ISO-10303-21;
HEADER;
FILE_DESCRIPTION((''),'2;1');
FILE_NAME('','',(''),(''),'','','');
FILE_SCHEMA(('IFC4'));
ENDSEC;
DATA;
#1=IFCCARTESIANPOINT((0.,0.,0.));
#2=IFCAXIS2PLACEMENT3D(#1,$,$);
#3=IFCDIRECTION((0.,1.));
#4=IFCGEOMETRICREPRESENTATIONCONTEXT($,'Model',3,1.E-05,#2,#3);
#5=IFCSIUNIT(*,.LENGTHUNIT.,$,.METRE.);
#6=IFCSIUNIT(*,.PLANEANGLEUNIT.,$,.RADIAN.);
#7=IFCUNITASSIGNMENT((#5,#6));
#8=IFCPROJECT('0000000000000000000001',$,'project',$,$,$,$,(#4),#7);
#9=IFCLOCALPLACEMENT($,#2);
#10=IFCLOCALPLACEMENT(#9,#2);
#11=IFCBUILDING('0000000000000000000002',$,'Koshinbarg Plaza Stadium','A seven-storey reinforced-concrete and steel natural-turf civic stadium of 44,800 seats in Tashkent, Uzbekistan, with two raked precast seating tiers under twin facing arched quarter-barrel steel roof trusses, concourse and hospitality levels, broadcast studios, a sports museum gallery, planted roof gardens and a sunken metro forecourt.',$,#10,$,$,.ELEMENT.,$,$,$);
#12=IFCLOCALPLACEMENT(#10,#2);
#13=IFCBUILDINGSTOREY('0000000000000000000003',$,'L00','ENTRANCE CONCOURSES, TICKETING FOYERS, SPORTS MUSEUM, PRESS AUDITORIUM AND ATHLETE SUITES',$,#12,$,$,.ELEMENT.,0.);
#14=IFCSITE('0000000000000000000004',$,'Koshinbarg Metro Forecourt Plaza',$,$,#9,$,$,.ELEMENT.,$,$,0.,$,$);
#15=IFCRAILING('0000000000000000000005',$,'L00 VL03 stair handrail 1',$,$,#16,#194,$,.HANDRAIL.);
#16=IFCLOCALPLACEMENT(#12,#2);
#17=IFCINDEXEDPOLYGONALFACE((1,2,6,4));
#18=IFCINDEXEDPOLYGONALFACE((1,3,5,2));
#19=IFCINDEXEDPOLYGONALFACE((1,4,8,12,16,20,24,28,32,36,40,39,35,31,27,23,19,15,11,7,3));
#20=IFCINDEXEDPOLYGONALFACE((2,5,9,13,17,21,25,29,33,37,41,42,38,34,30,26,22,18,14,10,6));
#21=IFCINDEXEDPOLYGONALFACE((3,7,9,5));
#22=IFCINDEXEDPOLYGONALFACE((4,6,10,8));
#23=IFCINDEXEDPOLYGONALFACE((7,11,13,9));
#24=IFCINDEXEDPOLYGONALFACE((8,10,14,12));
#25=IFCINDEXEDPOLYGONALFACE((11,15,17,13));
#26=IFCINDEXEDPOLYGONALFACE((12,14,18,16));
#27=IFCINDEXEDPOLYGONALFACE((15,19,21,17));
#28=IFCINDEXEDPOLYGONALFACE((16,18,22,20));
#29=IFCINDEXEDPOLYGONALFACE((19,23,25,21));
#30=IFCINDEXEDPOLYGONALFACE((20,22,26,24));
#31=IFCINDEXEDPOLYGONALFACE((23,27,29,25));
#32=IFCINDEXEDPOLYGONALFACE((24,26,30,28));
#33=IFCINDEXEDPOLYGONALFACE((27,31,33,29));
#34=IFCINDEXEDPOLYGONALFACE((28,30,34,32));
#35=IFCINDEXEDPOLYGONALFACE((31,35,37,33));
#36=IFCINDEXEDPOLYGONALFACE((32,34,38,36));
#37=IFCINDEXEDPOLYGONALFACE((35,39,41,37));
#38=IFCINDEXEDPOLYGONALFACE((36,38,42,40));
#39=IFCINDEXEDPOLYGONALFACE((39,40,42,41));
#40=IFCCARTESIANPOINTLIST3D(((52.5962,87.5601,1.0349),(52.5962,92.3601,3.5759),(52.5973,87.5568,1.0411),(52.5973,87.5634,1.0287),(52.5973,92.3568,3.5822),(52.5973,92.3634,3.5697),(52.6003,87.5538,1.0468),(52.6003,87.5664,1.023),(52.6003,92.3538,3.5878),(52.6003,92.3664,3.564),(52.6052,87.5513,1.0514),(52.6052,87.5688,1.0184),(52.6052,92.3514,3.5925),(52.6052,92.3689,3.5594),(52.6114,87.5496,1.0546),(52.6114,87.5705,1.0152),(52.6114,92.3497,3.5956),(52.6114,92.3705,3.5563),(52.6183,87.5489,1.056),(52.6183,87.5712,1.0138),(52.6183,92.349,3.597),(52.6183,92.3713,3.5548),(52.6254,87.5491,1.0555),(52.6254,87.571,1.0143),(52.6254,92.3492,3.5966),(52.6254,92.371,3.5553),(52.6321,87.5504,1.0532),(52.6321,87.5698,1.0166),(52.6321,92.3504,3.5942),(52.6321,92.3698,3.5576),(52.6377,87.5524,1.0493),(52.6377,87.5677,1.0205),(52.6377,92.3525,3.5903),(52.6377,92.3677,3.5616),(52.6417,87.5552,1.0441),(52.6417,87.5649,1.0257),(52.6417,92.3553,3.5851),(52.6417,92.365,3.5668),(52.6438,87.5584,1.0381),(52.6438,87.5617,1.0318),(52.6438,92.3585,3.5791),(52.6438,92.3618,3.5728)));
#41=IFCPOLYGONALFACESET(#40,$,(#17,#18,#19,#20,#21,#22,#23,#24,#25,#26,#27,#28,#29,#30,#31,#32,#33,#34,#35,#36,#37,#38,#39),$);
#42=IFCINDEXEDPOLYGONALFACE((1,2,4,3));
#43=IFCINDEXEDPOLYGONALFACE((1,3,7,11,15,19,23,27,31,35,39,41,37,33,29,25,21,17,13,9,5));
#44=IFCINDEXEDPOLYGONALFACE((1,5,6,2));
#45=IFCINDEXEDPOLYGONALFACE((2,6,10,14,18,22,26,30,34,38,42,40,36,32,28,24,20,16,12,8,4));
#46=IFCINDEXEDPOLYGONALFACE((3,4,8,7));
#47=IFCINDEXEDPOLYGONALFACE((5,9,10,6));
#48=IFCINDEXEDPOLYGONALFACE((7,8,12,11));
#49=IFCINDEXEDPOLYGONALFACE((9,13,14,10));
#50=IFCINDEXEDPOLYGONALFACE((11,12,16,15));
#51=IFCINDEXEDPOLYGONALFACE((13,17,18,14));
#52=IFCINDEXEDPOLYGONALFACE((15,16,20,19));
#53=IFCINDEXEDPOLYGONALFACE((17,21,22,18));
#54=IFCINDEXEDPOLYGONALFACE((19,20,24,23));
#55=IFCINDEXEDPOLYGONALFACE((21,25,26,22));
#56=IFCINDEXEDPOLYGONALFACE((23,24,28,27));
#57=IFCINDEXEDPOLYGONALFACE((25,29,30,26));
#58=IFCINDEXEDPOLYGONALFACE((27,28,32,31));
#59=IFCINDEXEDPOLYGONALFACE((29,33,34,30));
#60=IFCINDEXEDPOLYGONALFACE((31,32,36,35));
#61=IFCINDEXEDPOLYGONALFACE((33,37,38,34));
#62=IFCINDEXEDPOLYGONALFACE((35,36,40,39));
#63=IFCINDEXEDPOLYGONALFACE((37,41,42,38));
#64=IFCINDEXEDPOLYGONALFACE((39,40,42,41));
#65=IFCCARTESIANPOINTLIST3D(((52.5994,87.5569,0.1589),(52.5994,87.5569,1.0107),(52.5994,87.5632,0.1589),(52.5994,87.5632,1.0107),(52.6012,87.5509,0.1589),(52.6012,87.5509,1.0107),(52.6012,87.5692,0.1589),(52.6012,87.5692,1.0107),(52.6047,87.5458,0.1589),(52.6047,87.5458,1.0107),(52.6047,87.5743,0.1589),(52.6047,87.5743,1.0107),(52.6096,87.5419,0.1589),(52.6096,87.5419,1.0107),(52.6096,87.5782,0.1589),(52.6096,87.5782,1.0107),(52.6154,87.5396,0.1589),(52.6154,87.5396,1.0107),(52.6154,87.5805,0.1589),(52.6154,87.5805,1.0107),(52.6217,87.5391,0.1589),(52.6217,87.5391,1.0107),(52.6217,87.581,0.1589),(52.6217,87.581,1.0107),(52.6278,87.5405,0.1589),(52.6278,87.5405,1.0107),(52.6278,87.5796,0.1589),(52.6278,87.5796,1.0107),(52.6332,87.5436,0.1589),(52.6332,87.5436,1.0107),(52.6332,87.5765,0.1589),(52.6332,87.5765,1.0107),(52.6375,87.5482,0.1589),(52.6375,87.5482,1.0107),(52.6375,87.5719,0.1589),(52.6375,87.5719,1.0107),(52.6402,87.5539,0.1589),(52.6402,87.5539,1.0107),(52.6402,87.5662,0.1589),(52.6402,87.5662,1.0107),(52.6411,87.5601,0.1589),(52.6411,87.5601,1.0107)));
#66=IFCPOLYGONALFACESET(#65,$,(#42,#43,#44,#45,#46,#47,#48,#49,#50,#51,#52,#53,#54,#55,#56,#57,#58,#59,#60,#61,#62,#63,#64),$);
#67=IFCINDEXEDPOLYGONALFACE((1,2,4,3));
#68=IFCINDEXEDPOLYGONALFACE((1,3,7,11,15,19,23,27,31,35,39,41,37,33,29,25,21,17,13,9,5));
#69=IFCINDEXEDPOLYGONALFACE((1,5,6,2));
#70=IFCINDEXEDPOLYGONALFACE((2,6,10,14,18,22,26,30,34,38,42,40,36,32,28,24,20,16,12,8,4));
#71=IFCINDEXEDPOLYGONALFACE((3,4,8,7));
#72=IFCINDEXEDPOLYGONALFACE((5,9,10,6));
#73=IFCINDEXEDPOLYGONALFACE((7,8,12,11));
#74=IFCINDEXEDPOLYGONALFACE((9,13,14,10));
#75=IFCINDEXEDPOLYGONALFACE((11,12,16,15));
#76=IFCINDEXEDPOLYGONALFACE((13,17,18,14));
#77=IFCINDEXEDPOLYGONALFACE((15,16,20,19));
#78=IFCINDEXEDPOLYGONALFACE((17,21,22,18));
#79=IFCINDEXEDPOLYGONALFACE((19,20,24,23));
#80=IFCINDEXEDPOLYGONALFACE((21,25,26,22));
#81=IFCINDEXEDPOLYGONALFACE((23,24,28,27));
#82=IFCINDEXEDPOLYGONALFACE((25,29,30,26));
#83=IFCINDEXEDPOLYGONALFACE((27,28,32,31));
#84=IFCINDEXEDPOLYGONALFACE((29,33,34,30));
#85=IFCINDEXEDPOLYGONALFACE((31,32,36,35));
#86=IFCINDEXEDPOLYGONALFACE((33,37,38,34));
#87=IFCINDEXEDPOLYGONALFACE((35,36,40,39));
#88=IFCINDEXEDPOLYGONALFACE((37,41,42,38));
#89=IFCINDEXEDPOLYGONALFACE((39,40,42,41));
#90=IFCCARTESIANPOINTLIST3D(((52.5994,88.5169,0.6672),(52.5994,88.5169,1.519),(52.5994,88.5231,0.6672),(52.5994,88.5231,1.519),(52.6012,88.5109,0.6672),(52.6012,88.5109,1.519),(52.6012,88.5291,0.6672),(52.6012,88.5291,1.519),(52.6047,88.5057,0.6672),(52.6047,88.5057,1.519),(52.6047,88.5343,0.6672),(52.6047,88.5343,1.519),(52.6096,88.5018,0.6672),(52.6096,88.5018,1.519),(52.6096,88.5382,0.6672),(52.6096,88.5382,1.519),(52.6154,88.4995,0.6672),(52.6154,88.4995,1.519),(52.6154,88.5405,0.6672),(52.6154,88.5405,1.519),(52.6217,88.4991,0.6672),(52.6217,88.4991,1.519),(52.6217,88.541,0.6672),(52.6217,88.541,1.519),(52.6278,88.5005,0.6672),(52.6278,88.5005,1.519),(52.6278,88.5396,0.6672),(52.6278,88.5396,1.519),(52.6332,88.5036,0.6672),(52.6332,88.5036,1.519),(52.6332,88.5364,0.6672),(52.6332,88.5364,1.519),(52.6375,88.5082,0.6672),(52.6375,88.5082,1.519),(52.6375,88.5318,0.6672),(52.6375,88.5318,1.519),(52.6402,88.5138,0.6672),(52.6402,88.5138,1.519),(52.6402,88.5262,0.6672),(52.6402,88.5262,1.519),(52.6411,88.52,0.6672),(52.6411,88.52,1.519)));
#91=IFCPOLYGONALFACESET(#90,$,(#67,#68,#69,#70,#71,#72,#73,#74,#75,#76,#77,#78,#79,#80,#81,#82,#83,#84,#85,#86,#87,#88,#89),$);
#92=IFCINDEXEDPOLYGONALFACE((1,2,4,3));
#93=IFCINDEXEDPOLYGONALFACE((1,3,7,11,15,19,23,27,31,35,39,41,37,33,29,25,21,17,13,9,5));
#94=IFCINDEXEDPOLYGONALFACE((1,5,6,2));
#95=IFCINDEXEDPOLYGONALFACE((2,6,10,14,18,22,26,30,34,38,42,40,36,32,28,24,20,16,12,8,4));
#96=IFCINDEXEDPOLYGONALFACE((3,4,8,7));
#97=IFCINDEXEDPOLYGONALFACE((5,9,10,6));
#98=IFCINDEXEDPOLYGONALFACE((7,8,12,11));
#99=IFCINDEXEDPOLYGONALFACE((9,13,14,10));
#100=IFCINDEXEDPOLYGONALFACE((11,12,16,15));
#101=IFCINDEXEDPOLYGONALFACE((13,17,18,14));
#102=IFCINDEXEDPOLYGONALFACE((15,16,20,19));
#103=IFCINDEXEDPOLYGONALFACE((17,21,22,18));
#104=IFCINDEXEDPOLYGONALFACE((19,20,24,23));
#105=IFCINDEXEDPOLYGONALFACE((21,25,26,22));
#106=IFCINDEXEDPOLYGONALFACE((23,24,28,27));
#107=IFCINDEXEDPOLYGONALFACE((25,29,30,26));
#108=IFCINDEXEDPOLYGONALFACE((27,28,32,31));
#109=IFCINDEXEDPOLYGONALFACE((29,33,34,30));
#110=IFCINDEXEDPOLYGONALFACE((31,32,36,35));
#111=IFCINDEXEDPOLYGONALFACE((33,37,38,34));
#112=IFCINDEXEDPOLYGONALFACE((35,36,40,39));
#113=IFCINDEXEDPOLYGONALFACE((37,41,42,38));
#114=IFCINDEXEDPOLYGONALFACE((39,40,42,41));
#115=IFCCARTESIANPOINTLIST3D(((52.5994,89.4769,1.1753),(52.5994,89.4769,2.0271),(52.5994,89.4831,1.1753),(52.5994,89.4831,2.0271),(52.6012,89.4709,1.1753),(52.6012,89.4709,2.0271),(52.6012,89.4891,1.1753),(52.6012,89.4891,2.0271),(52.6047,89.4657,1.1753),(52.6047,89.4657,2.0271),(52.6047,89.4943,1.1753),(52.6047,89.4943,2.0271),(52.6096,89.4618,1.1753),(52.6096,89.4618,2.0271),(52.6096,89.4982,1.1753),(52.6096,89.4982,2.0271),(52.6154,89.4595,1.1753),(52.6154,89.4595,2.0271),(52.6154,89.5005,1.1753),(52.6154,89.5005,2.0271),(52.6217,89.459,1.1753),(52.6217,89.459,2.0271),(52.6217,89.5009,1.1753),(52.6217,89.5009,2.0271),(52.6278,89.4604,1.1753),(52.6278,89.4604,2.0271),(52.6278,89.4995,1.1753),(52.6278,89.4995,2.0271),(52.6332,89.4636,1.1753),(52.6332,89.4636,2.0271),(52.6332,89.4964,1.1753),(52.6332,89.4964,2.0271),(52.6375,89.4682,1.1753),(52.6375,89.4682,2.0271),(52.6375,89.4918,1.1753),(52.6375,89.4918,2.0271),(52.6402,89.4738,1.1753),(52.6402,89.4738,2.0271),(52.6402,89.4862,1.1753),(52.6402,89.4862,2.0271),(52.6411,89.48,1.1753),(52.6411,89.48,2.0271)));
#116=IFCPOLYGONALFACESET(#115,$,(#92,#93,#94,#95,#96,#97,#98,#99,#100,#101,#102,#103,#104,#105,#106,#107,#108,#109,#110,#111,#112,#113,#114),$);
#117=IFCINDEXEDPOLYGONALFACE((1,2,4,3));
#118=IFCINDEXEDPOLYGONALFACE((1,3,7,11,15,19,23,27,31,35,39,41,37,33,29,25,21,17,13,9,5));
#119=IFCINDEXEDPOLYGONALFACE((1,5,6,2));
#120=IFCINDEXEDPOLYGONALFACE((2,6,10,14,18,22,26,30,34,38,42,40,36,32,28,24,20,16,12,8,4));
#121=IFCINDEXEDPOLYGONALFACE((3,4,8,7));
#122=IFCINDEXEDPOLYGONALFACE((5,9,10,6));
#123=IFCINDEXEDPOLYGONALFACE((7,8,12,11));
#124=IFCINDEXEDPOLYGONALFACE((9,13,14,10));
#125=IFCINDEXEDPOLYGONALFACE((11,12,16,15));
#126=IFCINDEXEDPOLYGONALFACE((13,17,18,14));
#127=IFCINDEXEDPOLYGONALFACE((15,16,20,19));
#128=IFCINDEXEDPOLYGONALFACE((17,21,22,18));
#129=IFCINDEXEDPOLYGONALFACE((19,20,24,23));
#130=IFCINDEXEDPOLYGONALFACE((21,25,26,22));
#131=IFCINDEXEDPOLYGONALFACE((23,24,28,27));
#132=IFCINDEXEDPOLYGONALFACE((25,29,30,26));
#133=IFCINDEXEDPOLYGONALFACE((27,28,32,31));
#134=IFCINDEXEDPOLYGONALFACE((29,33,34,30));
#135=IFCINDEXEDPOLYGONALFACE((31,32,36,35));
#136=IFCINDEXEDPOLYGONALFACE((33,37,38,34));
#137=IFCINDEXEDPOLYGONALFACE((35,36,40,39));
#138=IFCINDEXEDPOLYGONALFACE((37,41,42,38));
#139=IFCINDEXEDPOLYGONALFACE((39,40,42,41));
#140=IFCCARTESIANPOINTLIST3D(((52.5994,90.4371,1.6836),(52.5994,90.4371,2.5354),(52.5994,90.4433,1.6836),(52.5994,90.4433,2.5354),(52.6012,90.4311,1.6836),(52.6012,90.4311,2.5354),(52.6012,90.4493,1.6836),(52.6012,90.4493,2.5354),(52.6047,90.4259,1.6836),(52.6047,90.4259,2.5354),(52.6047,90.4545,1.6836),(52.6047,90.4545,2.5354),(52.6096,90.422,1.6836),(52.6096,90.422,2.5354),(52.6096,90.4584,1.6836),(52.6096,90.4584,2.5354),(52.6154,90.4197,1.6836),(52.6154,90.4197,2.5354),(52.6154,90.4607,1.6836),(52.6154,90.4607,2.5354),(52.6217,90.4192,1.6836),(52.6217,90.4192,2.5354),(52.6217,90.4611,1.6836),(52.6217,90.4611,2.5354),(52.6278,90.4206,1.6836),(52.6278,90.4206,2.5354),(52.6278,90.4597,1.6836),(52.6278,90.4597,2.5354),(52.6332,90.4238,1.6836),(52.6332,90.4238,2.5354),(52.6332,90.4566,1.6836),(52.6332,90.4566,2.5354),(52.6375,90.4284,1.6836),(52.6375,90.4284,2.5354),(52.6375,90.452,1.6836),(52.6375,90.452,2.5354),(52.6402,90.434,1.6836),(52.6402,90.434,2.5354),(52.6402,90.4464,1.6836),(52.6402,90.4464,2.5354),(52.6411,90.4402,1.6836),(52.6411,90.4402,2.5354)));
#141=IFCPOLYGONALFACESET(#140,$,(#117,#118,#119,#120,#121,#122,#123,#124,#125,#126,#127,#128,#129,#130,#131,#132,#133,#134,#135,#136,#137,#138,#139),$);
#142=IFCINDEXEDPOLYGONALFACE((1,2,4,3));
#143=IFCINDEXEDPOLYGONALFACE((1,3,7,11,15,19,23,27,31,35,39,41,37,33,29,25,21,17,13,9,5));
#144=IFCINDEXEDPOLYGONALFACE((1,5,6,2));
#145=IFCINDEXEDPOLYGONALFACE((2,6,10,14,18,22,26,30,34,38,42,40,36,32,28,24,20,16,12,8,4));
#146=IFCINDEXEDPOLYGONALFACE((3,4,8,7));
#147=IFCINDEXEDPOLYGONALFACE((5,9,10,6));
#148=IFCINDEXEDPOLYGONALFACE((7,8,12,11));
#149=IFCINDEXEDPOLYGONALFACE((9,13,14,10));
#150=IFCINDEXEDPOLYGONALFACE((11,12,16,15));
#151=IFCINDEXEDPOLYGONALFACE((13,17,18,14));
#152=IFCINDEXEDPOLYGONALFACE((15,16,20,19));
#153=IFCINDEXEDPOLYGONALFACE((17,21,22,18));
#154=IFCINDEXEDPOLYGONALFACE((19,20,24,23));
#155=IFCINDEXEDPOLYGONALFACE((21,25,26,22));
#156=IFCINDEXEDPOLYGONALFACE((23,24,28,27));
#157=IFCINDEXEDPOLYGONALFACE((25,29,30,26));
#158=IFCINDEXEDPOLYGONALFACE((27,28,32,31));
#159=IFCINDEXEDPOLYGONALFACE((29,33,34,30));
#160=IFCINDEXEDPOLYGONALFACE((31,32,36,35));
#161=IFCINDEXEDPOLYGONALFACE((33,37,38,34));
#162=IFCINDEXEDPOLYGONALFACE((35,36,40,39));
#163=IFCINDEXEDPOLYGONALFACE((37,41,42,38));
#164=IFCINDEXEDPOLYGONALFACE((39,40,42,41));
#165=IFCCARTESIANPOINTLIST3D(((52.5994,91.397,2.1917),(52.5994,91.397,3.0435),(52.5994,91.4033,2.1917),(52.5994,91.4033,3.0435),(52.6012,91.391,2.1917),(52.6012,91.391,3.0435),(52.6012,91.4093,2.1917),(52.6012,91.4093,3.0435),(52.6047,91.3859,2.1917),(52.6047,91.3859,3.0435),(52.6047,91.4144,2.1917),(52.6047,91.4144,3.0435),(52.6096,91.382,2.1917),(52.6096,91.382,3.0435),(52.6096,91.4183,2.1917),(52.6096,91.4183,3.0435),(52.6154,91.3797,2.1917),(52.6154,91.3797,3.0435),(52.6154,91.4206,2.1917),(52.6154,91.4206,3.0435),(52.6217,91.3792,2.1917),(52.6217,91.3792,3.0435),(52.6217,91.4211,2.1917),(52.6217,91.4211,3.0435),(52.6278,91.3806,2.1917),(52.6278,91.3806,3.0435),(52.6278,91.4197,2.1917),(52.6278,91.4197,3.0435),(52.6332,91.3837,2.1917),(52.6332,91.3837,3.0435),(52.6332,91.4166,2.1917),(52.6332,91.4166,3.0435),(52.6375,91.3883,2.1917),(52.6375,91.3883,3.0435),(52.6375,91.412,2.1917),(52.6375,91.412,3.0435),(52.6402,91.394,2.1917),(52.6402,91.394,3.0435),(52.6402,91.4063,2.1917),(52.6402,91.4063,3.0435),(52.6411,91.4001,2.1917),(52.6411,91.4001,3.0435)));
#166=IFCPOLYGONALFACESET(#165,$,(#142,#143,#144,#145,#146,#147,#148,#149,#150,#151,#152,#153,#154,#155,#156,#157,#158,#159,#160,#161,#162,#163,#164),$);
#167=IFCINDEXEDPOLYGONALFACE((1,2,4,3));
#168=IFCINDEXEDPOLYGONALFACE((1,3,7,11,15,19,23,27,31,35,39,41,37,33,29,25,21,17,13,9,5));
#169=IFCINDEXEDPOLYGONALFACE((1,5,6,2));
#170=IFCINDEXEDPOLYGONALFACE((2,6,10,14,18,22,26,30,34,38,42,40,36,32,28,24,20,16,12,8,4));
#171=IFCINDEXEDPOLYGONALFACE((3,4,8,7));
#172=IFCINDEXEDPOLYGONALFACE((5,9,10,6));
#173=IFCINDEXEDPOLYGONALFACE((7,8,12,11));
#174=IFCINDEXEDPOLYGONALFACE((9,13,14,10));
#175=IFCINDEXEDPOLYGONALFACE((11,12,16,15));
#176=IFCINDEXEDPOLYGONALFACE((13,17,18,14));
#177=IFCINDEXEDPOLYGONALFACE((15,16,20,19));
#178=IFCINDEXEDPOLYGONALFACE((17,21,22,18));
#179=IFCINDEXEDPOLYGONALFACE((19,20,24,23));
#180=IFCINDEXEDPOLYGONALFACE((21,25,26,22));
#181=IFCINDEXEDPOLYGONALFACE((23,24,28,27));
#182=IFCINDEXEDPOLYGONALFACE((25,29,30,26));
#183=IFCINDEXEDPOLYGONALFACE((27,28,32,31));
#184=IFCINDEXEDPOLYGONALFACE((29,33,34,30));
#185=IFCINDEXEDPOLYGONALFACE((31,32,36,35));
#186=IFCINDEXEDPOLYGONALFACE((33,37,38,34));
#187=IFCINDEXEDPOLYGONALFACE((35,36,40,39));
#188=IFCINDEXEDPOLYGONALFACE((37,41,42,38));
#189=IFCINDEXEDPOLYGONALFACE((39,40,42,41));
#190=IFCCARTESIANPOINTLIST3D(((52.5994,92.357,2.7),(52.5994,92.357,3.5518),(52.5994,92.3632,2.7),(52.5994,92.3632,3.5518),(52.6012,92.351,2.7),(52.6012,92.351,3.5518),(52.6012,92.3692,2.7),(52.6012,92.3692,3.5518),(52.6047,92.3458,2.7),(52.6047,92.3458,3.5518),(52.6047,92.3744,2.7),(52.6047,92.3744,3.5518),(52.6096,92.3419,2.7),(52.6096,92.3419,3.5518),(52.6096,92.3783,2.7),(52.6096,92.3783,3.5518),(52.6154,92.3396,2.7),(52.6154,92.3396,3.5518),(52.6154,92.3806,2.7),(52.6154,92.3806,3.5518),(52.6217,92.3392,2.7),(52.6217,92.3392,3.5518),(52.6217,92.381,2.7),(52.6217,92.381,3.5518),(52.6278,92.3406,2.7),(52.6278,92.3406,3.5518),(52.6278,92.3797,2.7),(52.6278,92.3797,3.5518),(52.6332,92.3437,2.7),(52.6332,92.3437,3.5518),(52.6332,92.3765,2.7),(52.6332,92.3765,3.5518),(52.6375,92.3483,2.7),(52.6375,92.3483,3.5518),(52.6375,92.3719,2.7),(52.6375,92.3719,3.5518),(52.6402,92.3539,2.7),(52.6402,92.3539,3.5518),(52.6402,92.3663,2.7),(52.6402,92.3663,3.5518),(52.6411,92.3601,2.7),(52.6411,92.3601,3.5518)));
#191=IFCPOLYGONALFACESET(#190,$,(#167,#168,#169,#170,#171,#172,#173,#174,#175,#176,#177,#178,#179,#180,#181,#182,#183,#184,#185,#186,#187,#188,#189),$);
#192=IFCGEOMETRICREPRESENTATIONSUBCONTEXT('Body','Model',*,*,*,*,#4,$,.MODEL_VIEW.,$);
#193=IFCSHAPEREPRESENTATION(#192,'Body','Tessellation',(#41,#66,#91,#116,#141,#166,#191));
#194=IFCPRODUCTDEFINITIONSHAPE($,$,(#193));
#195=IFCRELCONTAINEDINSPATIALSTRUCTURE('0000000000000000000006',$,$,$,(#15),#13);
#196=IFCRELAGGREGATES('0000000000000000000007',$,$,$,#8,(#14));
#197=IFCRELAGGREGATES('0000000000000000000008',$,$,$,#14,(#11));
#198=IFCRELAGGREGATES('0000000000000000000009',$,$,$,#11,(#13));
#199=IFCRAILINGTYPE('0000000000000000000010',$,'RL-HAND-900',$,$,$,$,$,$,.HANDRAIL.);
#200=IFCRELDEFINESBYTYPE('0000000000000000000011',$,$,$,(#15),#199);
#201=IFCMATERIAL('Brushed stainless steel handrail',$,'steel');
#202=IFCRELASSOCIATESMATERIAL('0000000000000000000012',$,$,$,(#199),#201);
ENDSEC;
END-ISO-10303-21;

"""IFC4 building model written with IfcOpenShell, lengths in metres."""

from ifc_helpers import new_model, si_unit, direction, frame, origin, origin_2d, place, context, subcontext, project, spatial, circle, extrude, material, type_object, element, save


model = new_model("IFC4")

# Units and contexts
model_context = context("Model", 3, precision=1e-05, world=origin(), true_north=direction((0.0, 1.0)))
body_context = subcontext(model_context, "Body", "Model", "MODEL_VIEW")
ifc_project = project(units=[si_unit("LENGTHUNIT", "METRE"), si_unit("PLANEANGLEUNIT", "RADIAN")], contexts=[model_context])

# Site, building, storey
site_placement = place(None, origin())
site = spatial("IfcSite", under=ifc_project, at=site_placement, Name="Koshinbarg Metro Forecourt Plaza", CompositionType="ELEMENT", RefElevation=0.0)
building_placement = place(site_placement, origin())
building = spatial("IfcBuilding", under=site, at=building_placement, Name="Koshinbarg Plaza Stadium", Description="A seven-storey reinforced-concrete and steel natural-turf civic stadium of 44,800 seats in Tashkent, Uzbekistan, with two raked precast seating tiers under twin facing arched quarter-barrel steel roof trusses, concourse and hospitality levels, broadcast studios, a sports museum gallery, planted roof gardens and a sunken metro forecourt.", CompositionType="ELEMENT")
storey_placement = place(building_placement, origin())
storey = spatial("IfcBuildingStorey", under=building, at=storey_placement, Name="L00", Description="ENTRANCE CONCOURSES, TICKETING FOYERS, SPORTS MUSEUM, PRESS AUDITORIUM AND ATHLETE SUITES", CompositionType="ELEMENT", Elevation=0.0)

# Railing
ifc_material_1 = material(Name="Brushed stainless steel handrail", Category="steel")
railing_type_1 = type_object("IfcRailingType", Name="RL-HAND-900", PredefinedType="HANDRAIL", material=ifc_material_1)
railing_1_placement = place(storey_placement, frame((52.6201, 87.5601, 0.1589)))
element("IfcRailing", 1, at=railing_1_placement, inside=storey, type_object=railing_type_1, Name="L00 VL03 stair handrail 1", PredefinedType="HANDRAIL", context=body_context, shape_type="SweptSolid", body=[
    extrude(circle(Radius=0.0239, at=origin_2d()), frame((0.0, 0.0, 0.876), z_axis=(0.0, 0.883802, 0.467861), x_axis=(-1.0, 0.0, 0.0)), (0.0, 0.0, 1.0), 5.4312),
    extrude(circle(Radius=0.021, at=origin_2d()), origin(), (0.0, 0.0, 1.0), 0.8518),
    extrude(circle(Radius=0.021, at=origin_2d()), frame((0.0, 0.96, 0.5083)), (0.0, 0.0, 1.0), 0.8518),
    extrude(circle(Radius=0.021, at=origin_2d()), frame((0.0, 1.9199, 1.0164)), (0.0, 0.0, 1.0), 0.8518),
    extrude(circle(Radius=0.021, at=origin_2d()), frame((0.0, 2.8801, 1.5247)), (0.0, 0.0, 1.0), 0.8518),
    extrude(circle(Radius=0.021, at=origin_2d()), frame((0.0, 3.8401, 2.0327)), (0.0, 0.0, 1.0), 0.8518),
    extrude(circle(Radius=0.021, at=origin_2d()), frame((0.0, 4.8, 2.541)), (0.0, 0.0, 1.0), 0.8518),
])

save(model, "model.ifc")
